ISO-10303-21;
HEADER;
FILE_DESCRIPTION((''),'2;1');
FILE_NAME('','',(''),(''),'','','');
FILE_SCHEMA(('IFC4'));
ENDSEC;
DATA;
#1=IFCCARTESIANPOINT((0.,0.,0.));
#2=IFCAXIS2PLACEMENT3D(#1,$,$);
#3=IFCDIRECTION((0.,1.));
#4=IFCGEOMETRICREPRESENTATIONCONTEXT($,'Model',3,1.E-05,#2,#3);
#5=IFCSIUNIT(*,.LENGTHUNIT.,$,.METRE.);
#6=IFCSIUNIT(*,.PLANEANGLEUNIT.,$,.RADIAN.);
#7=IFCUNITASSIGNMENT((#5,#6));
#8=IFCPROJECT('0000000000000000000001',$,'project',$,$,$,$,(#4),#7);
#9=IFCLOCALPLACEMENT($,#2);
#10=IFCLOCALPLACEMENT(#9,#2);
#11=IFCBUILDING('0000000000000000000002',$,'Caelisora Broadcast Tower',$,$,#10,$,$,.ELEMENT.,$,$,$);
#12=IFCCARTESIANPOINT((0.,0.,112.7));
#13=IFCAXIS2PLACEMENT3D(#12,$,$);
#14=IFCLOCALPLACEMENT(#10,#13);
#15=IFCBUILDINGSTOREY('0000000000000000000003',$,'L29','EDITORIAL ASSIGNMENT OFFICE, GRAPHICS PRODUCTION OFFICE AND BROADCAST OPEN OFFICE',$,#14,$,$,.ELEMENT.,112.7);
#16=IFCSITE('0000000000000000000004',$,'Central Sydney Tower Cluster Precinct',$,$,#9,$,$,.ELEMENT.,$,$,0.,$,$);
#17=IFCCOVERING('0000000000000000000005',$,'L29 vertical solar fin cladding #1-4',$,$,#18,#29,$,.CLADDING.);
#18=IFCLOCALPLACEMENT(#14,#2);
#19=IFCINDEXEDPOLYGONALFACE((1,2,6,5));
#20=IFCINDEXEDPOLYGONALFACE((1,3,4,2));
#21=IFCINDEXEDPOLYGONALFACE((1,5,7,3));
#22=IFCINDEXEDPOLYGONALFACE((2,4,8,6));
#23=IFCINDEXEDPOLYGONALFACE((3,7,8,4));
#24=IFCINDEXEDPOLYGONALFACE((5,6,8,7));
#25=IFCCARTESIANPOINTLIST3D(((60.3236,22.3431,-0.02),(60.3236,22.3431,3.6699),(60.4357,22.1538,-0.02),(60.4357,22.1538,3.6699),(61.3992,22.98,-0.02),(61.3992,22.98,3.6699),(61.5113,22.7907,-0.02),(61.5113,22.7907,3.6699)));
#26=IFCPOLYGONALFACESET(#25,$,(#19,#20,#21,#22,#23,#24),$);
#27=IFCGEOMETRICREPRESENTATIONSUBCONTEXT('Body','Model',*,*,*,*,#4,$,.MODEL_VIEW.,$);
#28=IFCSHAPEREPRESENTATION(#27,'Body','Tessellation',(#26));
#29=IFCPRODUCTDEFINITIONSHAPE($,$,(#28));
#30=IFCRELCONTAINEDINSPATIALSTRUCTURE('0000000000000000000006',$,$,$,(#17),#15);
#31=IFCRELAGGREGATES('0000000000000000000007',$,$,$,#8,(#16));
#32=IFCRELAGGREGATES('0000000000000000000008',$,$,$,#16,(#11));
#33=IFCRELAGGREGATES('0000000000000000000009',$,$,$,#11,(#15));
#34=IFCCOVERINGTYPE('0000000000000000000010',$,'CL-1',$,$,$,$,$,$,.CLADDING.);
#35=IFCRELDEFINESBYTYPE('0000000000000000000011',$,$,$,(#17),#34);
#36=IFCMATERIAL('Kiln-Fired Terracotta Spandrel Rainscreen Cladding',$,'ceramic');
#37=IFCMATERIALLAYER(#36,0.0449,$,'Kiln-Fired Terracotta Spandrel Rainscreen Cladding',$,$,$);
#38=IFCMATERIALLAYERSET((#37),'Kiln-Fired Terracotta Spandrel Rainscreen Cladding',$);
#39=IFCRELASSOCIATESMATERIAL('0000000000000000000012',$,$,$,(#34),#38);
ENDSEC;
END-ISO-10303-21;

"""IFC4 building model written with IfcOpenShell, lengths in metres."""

from ifc_helpers import new_model, si_unit, direction, frame, origin, origin_2d, place, context, subcontext, project, spatial, rectangle, extrude, source, transform, mapped, material, layer, layer_set, type_object, type_shapes, element, save


model = new_model("IFC4")

# Units and contexts
model_context = context("Model", 3, precision=1e-05, world=origin(), true_north=direction((0.0, 1.0)))
body_context = subcontext(model_context, "Body", "Model", "MODEL_VIEW")
ifc_project = project(units=[si_unit("LENGTHUNIT", "METRE"), si_unit("PLANEANGLEUNIT", "RADIAN")], contexts=[model_context])

# Site, building, storey
site_placement = place(None, origin())
site = spatial("IfcSite", under=ifc_project, at=site_placement, Name="Central Sydney Tower Cluster Precinct", CompositionType="ELEMENT", RefElevation=0.0)
building_placement = place(site_placement, origin())
building = spatial("IfcBuilding", under=site, at=building_placement, Name="Caelisora Broadcast Tower", CompositionType="ELEMENT")
storey_placement = place(building_placement, frame((0.0, 0.0, 112.7)))
storey = spatial("IfcBuildingStorey", under=building, at=storey_placement, Name="L29", Description="EDITORIAL ASSIGNMENT OFFICE, GRAPHICS PRODUCTION OFFICE AND BROADCAST OPEN OFFICE", CompositionType="ELEMENT", Elevation=112.7)

# Covering
ifc_material_1 = material(Name="Kiln-Fired Terracotta Spandrel Rainscreen Cladding", Category="ceramic")
ifc_layer_1 = layer(ifc_material_1, 0.0449, Name="Kiln-Fired Terracotta Spandrel Rainscreen Cladding")
ifc_layer_set_1 = layer_set([ifc_layer_1], Name="Kiln-Fired Terracotta Spandrel Rainscreen Cladding")
covering_type = type_object("IfcCoveringType", Name="CL-1", PredefinedType="CLADDING", material=ifc_layer_set_1)
shared_shape_1 = source(origin(), body_context, "Body", "SweptSolid", [
    extrude(rectangle(XDim=0.22, YDim=1.25, at=origin_2d()), origin(), (0.0, 0.0, 1.0), 3.6899),
])
type_shapes(covering_type, [shared_shape_1])
covering_placement = place(storey_placement, frame((60.9175, 22.5669, -0.02), z_axis=(0.0, 0.0, 1.0), x_axis=(0.509492, -0.860475, 0.0)))
element("IfcCovering", 1, at=covering_placement, inside=storey, type_object=covering_type, Name="L29 vertical solar fin cladding #1-4", PredefinedType="CLADDING", context=body_context, shape_type="MappedRepresentation", body=[
    mapped(shared_shape_1, transform((0.0, 0.0, 0.0), scale=1.0)),
])

save(model, "model.ifc")
